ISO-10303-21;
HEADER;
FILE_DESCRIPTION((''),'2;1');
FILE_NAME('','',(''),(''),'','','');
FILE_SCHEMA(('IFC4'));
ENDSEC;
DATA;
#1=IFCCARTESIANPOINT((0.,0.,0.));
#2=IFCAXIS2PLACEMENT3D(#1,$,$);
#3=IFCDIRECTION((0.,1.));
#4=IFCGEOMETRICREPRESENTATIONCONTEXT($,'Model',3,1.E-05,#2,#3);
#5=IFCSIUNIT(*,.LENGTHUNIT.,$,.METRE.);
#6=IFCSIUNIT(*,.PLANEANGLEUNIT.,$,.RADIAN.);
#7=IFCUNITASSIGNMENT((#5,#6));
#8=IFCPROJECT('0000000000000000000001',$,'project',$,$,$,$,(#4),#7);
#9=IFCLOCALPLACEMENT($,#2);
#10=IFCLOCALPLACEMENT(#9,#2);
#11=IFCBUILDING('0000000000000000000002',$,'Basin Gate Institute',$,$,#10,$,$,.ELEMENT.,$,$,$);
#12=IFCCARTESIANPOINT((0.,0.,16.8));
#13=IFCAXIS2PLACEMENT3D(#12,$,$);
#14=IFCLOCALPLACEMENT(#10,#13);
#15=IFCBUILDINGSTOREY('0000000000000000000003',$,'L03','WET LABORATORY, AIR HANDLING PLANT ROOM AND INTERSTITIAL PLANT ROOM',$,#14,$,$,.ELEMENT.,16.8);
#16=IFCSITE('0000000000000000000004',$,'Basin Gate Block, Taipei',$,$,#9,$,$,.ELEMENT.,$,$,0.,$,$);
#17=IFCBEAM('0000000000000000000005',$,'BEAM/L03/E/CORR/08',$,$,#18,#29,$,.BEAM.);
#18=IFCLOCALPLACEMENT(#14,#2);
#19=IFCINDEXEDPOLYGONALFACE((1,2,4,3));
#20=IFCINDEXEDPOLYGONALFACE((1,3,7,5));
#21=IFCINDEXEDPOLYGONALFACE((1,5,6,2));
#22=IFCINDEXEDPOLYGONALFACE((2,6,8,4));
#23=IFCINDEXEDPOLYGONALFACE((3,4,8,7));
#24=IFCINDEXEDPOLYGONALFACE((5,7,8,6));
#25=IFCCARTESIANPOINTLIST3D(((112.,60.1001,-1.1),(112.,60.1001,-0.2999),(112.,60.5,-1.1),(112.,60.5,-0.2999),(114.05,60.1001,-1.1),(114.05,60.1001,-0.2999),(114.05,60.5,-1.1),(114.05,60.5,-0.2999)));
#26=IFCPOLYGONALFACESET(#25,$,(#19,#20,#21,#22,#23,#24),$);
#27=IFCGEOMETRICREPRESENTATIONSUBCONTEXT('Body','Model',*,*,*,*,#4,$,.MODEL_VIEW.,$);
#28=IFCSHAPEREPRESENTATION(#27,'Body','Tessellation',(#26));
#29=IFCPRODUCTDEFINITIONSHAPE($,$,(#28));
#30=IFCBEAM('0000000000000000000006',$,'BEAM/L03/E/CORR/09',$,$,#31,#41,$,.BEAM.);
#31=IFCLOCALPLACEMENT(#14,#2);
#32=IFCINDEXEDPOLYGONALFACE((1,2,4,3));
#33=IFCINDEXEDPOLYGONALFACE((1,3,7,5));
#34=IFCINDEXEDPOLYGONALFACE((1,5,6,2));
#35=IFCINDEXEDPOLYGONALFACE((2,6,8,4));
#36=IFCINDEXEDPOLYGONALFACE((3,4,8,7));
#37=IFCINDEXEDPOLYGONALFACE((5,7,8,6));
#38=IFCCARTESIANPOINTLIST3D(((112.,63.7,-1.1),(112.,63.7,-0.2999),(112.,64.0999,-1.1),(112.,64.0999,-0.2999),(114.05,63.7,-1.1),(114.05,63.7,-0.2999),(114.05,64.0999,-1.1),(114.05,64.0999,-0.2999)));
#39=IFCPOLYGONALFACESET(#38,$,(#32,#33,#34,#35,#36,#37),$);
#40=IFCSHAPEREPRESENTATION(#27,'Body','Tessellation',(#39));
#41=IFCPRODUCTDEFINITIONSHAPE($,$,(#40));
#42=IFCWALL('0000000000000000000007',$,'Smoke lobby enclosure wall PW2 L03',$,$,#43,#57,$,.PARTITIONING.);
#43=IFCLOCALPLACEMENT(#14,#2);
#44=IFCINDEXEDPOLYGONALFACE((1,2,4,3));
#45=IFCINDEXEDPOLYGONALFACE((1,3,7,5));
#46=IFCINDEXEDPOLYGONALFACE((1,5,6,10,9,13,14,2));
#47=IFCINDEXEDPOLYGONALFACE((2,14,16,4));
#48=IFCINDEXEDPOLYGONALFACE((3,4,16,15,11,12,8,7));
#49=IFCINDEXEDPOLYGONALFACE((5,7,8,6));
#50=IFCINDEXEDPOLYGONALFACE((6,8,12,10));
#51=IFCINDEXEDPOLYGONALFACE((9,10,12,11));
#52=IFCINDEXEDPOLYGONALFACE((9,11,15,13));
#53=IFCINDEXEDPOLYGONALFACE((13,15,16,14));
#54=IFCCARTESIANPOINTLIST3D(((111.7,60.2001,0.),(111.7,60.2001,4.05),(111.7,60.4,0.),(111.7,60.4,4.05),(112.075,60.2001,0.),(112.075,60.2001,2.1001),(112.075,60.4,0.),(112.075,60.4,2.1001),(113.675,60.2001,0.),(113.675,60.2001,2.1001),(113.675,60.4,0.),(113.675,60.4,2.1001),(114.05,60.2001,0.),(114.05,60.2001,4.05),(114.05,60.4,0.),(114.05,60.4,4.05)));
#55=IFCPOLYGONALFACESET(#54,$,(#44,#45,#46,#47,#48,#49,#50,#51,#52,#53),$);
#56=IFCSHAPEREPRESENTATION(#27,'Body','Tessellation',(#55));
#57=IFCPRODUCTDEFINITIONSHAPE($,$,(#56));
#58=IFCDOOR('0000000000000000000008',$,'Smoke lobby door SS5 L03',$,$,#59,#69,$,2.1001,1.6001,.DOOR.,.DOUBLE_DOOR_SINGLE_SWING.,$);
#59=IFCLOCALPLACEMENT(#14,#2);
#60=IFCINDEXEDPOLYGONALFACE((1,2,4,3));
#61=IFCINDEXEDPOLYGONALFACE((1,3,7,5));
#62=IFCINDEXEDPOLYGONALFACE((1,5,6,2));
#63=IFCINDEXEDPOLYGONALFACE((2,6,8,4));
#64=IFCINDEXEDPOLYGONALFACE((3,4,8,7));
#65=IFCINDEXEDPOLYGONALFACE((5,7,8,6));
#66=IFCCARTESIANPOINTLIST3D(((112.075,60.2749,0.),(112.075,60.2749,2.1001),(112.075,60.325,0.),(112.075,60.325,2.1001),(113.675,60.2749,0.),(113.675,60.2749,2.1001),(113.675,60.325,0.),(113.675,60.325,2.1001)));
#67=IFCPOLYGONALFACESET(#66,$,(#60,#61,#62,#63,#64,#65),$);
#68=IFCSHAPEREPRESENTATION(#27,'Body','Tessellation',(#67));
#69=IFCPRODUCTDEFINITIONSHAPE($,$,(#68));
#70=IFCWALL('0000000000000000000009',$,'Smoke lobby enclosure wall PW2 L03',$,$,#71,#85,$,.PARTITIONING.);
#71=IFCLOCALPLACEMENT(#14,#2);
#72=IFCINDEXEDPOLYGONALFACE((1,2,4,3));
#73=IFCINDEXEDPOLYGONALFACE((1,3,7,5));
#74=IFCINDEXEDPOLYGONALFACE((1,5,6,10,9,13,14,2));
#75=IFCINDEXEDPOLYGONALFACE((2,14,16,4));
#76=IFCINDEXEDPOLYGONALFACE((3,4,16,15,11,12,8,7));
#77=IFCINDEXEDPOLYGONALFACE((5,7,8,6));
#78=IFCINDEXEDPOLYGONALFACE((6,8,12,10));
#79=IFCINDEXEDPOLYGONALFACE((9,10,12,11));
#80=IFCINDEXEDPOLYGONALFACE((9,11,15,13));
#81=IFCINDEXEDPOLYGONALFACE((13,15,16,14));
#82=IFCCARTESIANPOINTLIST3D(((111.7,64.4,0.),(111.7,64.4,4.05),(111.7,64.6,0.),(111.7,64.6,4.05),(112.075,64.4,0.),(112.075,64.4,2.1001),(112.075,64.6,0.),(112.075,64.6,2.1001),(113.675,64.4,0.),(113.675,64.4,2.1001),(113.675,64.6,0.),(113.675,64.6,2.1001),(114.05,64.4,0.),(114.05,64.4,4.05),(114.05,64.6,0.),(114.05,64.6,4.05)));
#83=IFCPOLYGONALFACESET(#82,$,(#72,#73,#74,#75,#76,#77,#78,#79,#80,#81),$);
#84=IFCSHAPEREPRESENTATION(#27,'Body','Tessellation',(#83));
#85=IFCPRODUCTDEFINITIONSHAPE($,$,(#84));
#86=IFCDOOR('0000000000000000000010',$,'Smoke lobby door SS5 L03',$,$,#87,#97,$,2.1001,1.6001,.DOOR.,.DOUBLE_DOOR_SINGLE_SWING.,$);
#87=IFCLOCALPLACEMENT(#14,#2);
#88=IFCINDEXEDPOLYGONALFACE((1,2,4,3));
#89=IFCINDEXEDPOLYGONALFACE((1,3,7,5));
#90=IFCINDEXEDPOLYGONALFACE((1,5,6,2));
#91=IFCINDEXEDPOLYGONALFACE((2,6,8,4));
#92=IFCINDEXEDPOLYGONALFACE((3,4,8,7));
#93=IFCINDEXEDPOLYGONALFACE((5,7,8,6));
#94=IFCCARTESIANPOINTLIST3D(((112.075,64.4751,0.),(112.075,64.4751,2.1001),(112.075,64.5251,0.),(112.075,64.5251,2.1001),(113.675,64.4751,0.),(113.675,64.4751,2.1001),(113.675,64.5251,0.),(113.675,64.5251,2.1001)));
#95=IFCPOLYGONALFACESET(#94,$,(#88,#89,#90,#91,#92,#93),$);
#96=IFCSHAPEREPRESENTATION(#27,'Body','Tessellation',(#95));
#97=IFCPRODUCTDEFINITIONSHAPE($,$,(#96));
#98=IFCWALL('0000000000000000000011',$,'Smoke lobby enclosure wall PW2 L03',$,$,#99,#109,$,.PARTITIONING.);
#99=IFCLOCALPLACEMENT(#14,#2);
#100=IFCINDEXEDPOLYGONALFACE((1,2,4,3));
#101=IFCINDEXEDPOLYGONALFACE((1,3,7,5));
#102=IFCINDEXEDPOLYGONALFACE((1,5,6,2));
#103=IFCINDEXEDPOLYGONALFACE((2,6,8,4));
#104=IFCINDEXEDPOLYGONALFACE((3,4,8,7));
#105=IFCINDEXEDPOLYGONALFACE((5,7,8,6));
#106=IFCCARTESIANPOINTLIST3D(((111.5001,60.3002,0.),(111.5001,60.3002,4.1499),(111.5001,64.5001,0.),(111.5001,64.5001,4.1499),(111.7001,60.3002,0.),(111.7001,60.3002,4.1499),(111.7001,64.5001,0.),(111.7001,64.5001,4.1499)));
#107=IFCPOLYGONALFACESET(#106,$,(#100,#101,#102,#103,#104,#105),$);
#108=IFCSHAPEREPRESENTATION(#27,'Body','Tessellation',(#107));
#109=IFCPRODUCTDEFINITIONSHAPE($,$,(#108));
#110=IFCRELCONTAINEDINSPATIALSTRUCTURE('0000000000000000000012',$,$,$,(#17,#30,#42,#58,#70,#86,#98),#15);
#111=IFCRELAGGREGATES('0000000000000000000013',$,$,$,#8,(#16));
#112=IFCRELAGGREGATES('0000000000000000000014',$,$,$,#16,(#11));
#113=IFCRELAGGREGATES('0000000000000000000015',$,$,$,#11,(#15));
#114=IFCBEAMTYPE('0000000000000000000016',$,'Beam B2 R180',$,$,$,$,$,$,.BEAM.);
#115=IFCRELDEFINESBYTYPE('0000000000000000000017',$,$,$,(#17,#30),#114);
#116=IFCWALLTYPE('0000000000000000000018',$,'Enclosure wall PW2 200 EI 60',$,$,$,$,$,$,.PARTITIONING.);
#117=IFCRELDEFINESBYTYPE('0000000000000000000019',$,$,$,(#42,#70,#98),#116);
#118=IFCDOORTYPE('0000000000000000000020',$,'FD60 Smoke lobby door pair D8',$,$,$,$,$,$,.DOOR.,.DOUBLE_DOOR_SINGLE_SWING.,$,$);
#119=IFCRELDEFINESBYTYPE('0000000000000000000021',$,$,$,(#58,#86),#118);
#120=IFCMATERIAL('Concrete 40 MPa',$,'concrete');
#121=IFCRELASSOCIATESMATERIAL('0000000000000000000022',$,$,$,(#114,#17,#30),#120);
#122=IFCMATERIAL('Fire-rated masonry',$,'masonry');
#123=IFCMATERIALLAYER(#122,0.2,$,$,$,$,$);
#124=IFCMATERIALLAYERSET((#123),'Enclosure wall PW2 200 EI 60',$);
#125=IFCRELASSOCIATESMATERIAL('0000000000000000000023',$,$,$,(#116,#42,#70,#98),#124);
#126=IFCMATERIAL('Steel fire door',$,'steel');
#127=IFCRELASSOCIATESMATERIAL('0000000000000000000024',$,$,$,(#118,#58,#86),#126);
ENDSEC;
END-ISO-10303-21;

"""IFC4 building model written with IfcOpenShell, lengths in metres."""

from ifc_helpers import new_model, si_unit, direction, frame, frame_2d, origin, origin_2d, place, context, subcontext, project, spatial, rectangle, extrude, material, layer, layer_set, material_profile, profile_set, type_object, element, fill, save


model = new_model("IFC4")

# Units and contexts
model_context = context("Model", 3, precision=1e-05, world=origin(), true_north=direction((0.0, 1.0)))
body_context = subcontext(model_context, "Body", "Model", "MODEL_VIEW")
ifc_project = project(units=[si_unit("LENGTHUNIT", "METRE"), si_unit("PLANEANGLEUNIT", "RADIAN")], contexts=[model_context])

# Site, building, storey
site_placement = place(None, origin())
site = spatial("IfcSite", under=ifc_project, at=site_placement, Name="Basin Gate Block, Taipei", CompositionType="ELEMENT", RefElevation=0.0)
building_placement = place(site_placement, origin())
building = spatial("IfcBuilding", under=site, at=building_placement, Name="Basin Gate Institute", CompositionType="ELEMENT")
storey_placement = place(building_placement, frame((0.0, 0.0, 16.8)))
storey = spatial("IfcBuildingStorey", under=building, at=storey_placement, Name="L03", Description="WET LABORATORY, AIR HANDLING PLANT ROOM AND INTERSTITIAL PLANT ROOM", CompositionType="ELEMENT", Elevation=16.8)

# Beams
ifc_material_1 = material(Name="Concrete 40 MPa", Category="concrete")
ifc_material_profile = material_profile(ifc_material_1, rectangle(XDim=0.3999, YDim=0.8, at=origin_2d()), Name="Beam B2 400 x 800")
ifc_profile_set = profile_set([ifc_material_profile], Name="Concrete 40 MPa")
beam_type = type_object("IfcBeamType", Name="Beam B2 R180", PredefinedType="BEAM", material=ifc_profile_set)
for number, where, z_axis, x_axis, name in (
    (1, (114.05, 60.3, -0.7), (-1.0, 0.0, 0.0), (0.0, -1.0, 0.0), "BEAM/L03/E/CORR/08"),
    (2, (114.05, 63.8999, -0.7), (-1.0, 0.0, 0.0), (0.0, -1.0, 0.0), "BEAM/L03/E/CORR/09"),
):
    element("IfcBeam", number, at=place(storey_placement, frame(where, z_axis=z_axis, x_axis=x_axis)), inside=storey, type_object=beam_type, material=ifc_profile_set, Name=name, PredefinedType="BEAM", context=body_context, shape_type="SweptSolid", body=[
        extrude(rectangle(XDim=0.3999, YDim=0.8, at=origin_2d()), origin(), (0.0, 0.0, 1.0), 2.05),
    ])

# Walls, openings, doors
ifc_material_2 = material(Name="Fire-rated masonry", Category="masonry")
ifc_layer_1 = layer(ifc_material_2, 0.2)
ifc_layer_set_1 = layer_set([ifc_layer_1], Name="Enclosure wall PW2 200 EI 60")
wall_type_1 = type_object("IfcWallType", Name="Enclosure wall PW2 200 EI 60", PredefinedType="PARTITIONING", material=ifc_layer_set_1)
wall_1_placement = place(storey_placement, frame((114.05, 60.3, 0.0), z_axis=(0.0, 0.0, 1.0), x_axis=(-1.0, 0.0, 0.0)))
wall_1 = element("IfcWall", 3, at=wall_1_placement, inside=storey, type_object=wall_type_1, material=ifc_layer_set_1, Name="Smoke lobby enclosure wall PW2 L03", PredefinedType="PARTITIONING", context=body_context, shape_type="SweptSolid", body=[
    extrude(rectangle(XDim=2.3501, YDim=0.2, at=frame_2d((1.175, 0.0))), origin(), (0.0, 0.0, 1.0), 4.05),
])
opening_1_placement = place(wall_1_placement, frame((0.375, 0.0, 0.0)))
opening_1 = element("IfcOpeningElement", 4, at=opening_1_placement, cuts=wall_1, PredefinedType="OPENING", context=body_context, shape_type="SweptSolid", body=[
    extrude(rectangle(XDim=1.6001, YDim=2.1001, at=frame_2d((0.8, 1.05))), frame((0.0, 0.1099, 0.0), z_axis=(0.0, -1.0, 0.0), x_axis=(1.0, 0.0, 0.0)), (0.0, 0.0, 1.0), 0.22),
])
ifc_material_3 = material(Name="Steel fire door", Category="steel")
door_type_1 = type_object("IfcDoorType", Name="FD60 Smoke lobby door pair D8", OperationType="DOUBLE_DOOR_SINGLE_SWING", PredefinedType="DOOR", material=ifc_material_3)
door_1_placement = place(opening_1_placement, frame((1.6001, 0.0, 0.0), z_axis=(0.0, 0.0, 1.0), x_axis=(-1.0, 0.0, 0.0)))
door_1 = element("IfcDoor", 5, at=door_1_placement, inside=storey, type_object=door_type_1, material=ifc_material_3, Name="Smoke lobby door SS5 L03", OperationType="DOUBLE_DOOR_SINGLE_SWING", OverallHeight=2.1001, OverallWidth=1.6001, PredefinedType="DOOR", context=body_context, shape_type="SweptSolid", body=[
    extrude(rectangle(XDim=1.6001, YDim=2.1001, at=frame_2d((0.8, 1.05))), frame((0.0, 0.0249, 0.0), z_axis=(0.0, -1.0, 0.0), x_axis=(1.0, 0.0, 0.0)), (0.0, 0.0, 1.0), 0.05),
])
fill(opening_1, door_1)
wall_2_placement = place(storey_placement, frame((114.05, 64.5, 0.0), z_axis=(0.0, 0.0, 1.0), x_axis=(-1.0, 0.0, 0.0)))
wall_2 = element("IfcWall", 6, at=wall_2_placement, inside=storey, type_object=wall_type_1, material=ifc_layer_set_1, Name="Smoke lobby enclosure wall PW2 L03", PredefinedType="PARTITIONING", context=body_context, shape_type="SweptSolid", body=[
    extrude(rectangle(XDim=2.3501, YDim=0.2, at=frame_2d((1.175, 0.0))), origin(), (0.0, 0.0, 1.0), 4.05),
])
opening_2_placement = place(wall_2_placement, frame((0.375, 0.0, 0.0)))
opening_2 = element("IfcOpeningElement", 7, at=opening_2_placement, cuts=wall_2, PredefinedType="OPENING", context=body_context, shape_type="SweptSolid", body=[
    extrude(rectangle(XDim=1.6001, YDim=2.1001, at=frame_2d((0.8, 1.05))), frame((0.0, 0.1099, 0.0), z_axis=(0.0, -1.0, 0.0), x_axis=(1.0, 0.0, 0.0)), (0.0, 0.0, 1.0), 0.22),
])
door_2_placement = place(opening_2_placement, origin())
door_2 = element("IfcDoor", 8, at=door_2_placement, inside=storey, type_object=door_type_1, material=ifc_material_3, Name="Smoke lobby door SS5 L03", OperationType="DOUBLE_DOOR_SINGLE_SWING", OverallHeight=2.1001, OverallWidth=1.6001, PredefinedType="DOOR", context=body_context, shape_type="SweptSolid", body=[
    extrude(rectangle(XDim=1.6001, YDim=2.1001, at=frame_2d((0.8, 1.05))), frame((0.0, 0.0249, 0.0), z_axis=(0.0, -1.0, 0.0), x_axis=(1.0, 0.0, 0.0)), (0.0, 0.0, 1.0), 0.05),
])
fill(opening_2, door_2)

# Wall
wall_3_placement = place(storey_placement, frame((111.6001, 60.3, 0.0), z_axis=(0.0, 0.0, 1.0), x_axis=(0.0, 1.0, 0.0)))
element("IfcWall", 9, at=wall_3_placement, inside=storey, type_object=wall_type_1, material=ifc_layer_set_1, Name="Smoke lobby enclosure wall PW2 L03", PredefinedType="PARTITIONING", context=body_context, shape_type="SweptSolid", body=[
    extrude(rectangle(XDim=4.2, YDim=0.2, at=frame_2d((2.1001, 0.0))), origin(), (0.0, 0.0, 1.0), 4.1499),
])

save(model, "model.ifc")
